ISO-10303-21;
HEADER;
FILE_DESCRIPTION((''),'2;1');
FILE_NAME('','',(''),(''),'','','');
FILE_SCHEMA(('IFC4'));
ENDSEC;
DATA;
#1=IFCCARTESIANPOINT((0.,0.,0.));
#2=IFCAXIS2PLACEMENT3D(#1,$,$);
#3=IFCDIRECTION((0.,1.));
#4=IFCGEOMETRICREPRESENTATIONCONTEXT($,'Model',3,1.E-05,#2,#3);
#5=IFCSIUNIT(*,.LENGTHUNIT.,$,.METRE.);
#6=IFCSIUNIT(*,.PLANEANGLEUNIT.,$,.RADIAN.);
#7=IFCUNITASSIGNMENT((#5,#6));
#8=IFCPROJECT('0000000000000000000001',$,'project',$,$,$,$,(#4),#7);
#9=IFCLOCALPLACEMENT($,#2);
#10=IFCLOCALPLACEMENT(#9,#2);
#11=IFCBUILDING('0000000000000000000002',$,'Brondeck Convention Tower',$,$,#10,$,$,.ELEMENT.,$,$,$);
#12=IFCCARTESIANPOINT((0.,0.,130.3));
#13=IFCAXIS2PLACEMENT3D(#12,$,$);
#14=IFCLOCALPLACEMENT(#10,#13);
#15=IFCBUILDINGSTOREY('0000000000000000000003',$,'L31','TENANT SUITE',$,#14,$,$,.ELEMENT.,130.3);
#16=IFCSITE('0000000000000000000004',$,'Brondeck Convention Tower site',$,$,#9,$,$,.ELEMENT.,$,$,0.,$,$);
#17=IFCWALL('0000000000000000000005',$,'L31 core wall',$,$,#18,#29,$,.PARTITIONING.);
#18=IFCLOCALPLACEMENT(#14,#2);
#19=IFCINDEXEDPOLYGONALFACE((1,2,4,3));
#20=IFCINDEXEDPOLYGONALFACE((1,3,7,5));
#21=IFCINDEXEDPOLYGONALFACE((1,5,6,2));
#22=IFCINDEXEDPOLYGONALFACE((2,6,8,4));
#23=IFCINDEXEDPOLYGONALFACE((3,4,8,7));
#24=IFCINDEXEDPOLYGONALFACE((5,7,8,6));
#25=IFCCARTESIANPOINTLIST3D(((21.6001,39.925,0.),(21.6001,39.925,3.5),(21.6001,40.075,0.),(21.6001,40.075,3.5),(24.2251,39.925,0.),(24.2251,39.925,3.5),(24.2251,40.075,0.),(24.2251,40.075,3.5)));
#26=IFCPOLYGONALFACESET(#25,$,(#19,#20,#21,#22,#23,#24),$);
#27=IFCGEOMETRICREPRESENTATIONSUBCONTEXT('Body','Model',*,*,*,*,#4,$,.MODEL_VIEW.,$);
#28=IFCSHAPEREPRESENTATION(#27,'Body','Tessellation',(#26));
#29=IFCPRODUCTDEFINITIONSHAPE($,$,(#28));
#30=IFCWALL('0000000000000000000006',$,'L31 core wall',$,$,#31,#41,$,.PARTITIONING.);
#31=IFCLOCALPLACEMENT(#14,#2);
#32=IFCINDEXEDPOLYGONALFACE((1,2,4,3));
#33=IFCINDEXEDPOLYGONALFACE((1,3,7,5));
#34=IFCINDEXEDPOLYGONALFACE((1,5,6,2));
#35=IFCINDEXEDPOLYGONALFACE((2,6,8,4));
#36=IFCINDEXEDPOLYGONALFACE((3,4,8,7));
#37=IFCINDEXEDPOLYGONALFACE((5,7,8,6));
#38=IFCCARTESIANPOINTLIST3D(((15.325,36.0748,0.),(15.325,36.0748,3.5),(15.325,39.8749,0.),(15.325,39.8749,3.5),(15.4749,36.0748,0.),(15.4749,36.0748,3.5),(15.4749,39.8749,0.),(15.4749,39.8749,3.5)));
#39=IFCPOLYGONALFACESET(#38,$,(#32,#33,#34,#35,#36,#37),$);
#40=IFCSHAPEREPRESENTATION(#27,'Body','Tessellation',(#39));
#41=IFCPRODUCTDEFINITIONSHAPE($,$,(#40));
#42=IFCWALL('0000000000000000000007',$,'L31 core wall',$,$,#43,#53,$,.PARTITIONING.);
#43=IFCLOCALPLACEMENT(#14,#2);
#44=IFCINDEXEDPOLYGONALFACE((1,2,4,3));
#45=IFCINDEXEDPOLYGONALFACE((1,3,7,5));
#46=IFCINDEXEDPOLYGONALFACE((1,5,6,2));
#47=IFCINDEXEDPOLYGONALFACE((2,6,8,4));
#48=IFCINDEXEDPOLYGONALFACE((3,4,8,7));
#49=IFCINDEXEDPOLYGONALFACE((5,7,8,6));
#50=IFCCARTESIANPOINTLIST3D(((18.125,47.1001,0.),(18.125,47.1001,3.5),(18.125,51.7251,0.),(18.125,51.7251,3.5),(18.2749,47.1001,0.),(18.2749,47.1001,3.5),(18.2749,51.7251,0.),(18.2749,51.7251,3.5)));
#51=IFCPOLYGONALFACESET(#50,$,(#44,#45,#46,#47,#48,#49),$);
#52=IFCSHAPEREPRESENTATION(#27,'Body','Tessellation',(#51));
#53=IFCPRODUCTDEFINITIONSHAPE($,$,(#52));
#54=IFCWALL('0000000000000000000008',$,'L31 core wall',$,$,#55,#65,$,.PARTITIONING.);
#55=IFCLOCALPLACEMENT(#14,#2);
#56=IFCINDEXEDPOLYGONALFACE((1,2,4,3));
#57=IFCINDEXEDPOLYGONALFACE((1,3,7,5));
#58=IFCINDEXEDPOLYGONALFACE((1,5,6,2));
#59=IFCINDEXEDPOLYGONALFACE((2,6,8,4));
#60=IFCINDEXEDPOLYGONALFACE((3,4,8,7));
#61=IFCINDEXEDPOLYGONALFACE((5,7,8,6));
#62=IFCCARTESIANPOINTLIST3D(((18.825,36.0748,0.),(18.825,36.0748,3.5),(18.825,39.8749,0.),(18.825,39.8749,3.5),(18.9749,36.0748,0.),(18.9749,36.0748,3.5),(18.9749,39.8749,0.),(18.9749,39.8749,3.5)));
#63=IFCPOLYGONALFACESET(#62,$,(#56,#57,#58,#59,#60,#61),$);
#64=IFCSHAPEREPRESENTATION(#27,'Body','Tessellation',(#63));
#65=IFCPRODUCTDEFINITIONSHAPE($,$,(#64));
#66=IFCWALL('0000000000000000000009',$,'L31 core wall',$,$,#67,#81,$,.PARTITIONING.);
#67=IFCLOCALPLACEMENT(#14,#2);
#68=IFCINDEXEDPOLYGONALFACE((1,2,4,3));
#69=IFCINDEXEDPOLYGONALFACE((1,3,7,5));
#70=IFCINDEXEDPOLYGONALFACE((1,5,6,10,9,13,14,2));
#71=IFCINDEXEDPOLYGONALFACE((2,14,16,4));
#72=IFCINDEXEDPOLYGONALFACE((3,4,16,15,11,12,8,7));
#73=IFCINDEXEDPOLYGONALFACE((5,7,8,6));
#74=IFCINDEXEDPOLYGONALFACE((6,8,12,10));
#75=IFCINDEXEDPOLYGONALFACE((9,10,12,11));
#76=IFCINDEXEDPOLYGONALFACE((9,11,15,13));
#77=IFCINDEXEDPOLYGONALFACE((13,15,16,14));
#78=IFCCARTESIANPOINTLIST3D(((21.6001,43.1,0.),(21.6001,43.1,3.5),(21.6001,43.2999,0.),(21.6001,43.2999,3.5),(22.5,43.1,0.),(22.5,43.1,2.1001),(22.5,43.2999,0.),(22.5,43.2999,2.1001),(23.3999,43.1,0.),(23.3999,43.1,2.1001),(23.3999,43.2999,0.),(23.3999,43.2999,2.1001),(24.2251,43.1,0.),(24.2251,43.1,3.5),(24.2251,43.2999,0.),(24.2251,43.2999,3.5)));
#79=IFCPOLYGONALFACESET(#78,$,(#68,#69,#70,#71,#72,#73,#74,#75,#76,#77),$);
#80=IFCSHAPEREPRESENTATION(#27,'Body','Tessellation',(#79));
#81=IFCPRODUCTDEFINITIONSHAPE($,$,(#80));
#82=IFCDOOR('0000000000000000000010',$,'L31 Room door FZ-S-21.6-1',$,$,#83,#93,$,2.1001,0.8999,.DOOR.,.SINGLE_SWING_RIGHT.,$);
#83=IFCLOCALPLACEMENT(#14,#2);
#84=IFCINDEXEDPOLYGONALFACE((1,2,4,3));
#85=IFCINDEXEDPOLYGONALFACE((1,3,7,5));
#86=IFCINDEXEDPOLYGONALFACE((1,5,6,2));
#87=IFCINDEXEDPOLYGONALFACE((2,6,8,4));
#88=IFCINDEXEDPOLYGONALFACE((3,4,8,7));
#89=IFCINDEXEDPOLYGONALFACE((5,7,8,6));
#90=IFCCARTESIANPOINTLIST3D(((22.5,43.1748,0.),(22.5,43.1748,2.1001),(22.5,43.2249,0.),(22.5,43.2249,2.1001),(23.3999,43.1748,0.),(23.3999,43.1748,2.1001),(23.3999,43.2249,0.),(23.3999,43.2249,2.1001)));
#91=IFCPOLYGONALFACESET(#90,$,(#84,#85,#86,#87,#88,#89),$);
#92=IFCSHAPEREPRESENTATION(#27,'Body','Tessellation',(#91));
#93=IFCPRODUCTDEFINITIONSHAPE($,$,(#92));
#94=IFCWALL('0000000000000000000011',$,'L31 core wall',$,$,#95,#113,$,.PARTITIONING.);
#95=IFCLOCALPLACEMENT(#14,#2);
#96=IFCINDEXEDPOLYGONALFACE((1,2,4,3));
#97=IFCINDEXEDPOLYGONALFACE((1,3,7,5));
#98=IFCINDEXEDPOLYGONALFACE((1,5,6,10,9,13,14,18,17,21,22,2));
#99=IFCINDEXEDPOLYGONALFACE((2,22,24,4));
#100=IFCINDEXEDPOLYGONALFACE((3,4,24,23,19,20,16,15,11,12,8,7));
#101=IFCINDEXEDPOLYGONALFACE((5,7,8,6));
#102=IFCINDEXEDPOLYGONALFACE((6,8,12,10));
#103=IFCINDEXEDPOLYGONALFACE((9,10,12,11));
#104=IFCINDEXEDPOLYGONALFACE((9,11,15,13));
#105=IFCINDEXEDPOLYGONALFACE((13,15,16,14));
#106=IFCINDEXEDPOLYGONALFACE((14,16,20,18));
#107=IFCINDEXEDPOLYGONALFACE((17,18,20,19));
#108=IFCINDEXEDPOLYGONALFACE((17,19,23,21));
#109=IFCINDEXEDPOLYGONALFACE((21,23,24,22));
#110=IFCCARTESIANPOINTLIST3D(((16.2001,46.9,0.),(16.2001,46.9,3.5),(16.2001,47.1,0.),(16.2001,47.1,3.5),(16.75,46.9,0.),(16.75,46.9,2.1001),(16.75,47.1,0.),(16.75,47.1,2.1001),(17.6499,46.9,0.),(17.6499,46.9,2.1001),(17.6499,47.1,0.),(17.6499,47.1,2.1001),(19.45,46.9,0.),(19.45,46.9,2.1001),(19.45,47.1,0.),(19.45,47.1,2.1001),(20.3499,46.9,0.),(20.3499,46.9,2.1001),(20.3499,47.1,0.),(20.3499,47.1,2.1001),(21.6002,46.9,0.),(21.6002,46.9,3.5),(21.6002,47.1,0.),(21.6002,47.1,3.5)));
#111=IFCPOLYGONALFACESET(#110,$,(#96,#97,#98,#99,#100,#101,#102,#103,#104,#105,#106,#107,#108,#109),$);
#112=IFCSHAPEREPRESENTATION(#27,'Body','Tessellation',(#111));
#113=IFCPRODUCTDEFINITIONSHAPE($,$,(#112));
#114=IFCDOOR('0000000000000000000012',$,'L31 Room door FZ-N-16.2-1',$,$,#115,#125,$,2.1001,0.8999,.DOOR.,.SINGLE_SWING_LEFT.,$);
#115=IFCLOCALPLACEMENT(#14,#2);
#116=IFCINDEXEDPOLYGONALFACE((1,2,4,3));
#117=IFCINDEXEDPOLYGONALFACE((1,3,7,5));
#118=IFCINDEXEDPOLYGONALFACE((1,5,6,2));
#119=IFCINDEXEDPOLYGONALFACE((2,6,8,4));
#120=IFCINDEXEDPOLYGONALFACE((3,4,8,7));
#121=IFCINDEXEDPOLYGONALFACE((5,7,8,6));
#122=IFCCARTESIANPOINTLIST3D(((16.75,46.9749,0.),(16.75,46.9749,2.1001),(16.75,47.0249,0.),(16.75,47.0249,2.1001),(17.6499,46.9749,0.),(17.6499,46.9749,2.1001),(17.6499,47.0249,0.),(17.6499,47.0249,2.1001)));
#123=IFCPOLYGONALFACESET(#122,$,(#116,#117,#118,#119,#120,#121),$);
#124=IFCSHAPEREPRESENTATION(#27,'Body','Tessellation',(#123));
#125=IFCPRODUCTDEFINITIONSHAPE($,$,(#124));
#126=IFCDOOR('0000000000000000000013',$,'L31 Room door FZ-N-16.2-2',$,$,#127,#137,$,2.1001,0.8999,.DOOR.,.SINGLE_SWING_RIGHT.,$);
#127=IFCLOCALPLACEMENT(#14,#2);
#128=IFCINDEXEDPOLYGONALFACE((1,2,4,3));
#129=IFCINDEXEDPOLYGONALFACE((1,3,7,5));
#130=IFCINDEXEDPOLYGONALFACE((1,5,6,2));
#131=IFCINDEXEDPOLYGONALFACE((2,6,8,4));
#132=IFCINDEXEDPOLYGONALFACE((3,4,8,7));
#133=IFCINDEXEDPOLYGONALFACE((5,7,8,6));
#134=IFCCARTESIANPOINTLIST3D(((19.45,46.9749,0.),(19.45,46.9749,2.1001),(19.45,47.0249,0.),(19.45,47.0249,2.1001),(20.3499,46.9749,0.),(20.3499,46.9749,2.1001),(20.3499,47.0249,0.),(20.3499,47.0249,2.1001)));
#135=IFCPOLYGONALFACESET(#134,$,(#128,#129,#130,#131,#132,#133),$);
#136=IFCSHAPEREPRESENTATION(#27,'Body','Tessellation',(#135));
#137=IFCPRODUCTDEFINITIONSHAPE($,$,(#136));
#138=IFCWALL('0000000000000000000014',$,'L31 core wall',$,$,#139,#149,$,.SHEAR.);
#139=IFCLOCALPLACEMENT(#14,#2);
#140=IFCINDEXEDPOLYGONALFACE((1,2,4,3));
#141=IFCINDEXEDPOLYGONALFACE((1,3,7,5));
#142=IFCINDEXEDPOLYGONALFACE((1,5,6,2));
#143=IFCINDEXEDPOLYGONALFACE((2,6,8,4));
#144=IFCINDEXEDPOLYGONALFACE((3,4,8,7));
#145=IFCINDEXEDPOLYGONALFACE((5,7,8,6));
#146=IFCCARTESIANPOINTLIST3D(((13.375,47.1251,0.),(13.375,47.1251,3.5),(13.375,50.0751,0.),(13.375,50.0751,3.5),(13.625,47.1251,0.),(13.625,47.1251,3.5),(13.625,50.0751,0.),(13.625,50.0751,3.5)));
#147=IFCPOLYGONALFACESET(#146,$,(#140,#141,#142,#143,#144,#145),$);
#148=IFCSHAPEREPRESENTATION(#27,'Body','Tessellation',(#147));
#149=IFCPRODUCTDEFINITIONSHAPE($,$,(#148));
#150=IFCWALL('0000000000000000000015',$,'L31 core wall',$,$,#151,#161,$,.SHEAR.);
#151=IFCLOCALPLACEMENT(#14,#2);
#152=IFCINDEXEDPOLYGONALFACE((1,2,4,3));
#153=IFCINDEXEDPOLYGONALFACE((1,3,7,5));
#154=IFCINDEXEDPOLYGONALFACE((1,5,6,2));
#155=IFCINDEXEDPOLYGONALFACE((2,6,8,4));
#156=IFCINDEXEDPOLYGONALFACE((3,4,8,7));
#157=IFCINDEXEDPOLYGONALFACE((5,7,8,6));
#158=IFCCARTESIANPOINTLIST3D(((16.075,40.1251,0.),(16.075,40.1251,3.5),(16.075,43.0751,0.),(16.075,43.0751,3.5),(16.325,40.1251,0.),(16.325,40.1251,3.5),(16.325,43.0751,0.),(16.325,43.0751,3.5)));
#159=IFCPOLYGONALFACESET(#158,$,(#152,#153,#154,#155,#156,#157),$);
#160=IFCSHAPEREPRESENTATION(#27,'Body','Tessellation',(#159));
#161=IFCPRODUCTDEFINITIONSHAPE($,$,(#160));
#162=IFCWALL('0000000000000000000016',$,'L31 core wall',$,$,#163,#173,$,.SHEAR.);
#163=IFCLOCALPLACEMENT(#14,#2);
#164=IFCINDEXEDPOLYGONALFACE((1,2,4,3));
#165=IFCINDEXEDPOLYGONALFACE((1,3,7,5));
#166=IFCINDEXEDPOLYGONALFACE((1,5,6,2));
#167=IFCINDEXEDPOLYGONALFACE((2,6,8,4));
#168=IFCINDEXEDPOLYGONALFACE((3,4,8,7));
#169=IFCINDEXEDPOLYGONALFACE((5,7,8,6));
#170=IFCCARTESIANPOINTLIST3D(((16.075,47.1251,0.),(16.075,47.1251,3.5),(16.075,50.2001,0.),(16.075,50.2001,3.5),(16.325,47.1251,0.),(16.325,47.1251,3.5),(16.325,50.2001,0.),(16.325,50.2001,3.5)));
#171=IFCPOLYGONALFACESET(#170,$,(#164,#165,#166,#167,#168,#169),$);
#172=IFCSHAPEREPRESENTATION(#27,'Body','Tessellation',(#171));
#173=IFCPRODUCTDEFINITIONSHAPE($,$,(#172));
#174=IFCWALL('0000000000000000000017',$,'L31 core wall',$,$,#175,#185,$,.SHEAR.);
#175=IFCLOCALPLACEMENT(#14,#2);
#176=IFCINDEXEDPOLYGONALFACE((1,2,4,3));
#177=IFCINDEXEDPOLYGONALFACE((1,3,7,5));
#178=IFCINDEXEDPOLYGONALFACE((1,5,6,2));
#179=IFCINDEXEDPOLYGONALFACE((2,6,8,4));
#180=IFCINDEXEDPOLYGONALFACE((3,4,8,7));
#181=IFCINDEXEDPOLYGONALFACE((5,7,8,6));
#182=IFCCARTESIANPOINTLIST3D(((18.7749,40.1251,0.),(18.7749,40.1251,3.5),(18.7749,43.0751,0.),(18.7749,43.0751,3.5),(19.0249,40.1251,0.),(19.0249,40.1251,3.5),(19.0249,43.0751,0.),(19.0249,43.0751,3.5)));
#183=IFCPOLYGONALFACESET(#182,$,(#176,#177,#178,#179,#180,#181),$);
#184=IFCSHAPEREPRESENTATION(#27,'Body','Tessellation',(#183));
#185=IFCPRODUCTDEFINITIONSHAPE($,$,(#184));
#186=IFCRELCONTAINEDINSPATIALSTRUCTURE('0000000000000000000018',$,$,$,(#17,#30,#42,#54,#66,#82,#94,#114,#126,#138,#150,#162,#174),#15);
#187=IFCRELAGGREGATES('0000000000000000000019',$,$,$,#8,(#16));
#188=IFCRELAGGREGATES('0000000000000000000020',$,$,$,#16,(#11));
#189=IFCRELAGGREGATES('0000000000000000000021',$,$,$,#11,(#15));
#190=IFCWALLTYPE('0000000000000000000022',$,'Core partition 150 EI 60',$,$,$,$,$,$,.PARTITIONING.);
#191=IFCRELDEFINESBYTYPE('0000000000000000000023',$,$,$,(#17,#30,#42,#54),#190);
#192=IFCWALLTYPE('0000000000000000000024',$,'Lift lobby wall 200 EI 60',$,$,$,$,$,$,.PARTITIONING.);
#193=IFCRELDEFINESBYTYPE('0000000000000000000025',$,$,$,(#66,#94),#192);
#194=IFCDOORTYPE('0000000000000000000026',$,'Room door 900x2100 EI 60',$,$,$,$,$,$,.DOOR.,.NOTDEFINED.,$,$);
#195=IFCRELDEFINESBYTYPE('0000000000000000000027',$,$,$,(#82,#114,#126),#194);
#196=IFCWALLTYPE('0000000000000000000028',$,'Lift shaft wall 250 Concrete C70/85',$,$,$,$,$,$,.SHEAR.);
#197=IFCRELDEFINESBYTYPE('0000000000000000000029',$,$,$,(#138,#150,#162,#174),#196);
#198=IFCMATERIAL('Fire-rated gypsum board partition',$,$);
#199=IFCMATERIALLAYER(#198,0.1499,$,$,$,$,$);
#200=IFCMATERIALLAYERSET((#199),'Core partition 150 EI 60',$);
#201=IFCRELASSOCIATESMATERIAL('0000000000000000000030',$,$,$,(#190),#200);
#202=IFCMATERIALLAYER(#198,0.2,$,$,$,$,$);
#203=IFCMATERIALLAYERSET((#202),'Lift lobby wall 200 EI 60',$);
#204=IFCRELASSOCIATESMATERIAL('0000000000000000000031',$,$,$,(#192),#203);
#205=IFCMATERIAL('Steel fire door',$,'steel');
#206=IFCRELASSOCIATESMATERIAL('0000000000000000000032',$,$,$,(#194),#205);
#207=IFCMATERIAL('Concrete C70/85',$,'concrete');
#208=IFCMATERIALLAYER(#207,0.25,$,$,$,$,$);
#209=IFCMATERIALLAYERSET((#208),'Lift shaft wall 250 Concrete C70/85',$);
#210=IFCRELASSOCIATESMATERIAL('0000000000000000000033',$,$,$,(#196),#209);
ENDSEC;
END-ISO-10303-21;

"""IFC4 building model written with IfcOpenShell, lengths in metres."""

from ifc_helpers import new_model, si_unit, direction, frame, frame_2d, origin, place, context, subcontext, project, spatial, rectangle, extrude, material, layer, layer_set, type_object, element, fill, save


model = new_model("IFC4")

# Units and contexts
model_context = context("Model", 3, precision=1e-05, world=origin(), true_north=direction((0.0, 1.0)))
body_context = subcontext(model_context, "Body", "Model", "MODEL_VIEW")
ifc_project = project(units=[si_unit("LENGTHUNIT", "METRE"), si_unit("PLANEANGLEUNIT", "RADIAN")], contexts=[model_context])

# Site, building, storey
site_placement = place(None, origin())
site = spatial("IfcSite", under=ifc_project, at=site_placement, Name="Brondeck Convention Tower site", CompositionType="ELEMENT", RefElevation=0.0)
building_placement = place(site_placement, origin())
building = spatial("IfcBuilding", under=site, at=building_placement, Name="Brondeck Convention Tower", CompositionType="ELEMENT")
storey_placement = place(building_placement, frame((0.0, 0.0, 130.3)))
storey = spatial("IfcBuildingStorey", under=building, at=storey_placement, Name="L31", Description="TENANT SUITE", CompositionType="ELEMENT", Elevation=130.3)

# Walls
ifc_material_1 = material(Name="Fire-rated gypsum board partition")
ifc_layer_1 = layer(ifc_material_1, 0.1499)
ifc_layer_set_1 = layer_set([ifc_layer_1], Name="Core partition 150 EI 60")
wall_type_1 = type_object("IfcWallType", Name="Core partition 150 EI 60", PredefinedType="PARTITIONING", material=ifc_layer_set_1)
wall_1_placement = place(storey_placement, frame((21.6001, 40.0, 0.0), z_axis=(0.0, 0.0, 1.0), x_axis=(1.0, 0.0, 0.0)))
element("IfcWall", 1, at=wall_1_placement, inside=storey, type_object=wall_type_1, Name="L31 core wall", PredefinedType="PARTITIONING", context=body_context, shape_type="SweptSolid", body=[
    extrude(rectangle(XDim=2.625, YDim=0.1499, at=frame_2d((1.3125, 0.0))), origin(), (0.0, 0.0, 1.0), 3.5),
])
wall_2_placement = place(storey_placement, frame((15.3999, 36.075, 0.0), z_axis=(0.0, 0.0, 1.0), x_axis=(0.0, 1.0, 0.0)))
element("IfcWall", 2, at=wall_2_placement, inside=storey, type_object=wall_type_1, Name="L31 core wall", PredefinedType="PARTITIONING", context=body_context, shape_type="SweptSolid", body=[
    extrude(rectangle(XDim=3.8, YDim=0.1499, at=frame_2d((1.8999, 0.0))), origin(), (0.0, 0.0, 1.0), 3.5),
])
wall_3_placement = place(storey_placement, frame((18.2, 47.1001, 0.0), z_axis=(0.0, 0.0, 1.0), x_axis=(0.0, 1.0, 0.0)))
element("IfcWall", 3, at=wall_3_placement, inside=storey, type_object=wall_type_1, Name="L31 core wall", PredefinedType="PARTITIONING", context=body_context, shape_type="SweptSolid", body=[
    extrude(rectangle(XDim=4.625, YDim=0.1499, at=frame_2d((2.3125, 0.0))), origin(), (0.0, 0.0, 1.0), 3.5),
])
wall_4_placement = place(storey_placement, frame((18.8999, 36.075, 0.0), z_axis=(0.0, 0.0, 1.0), x_axis=(0.0, 1.0, 0.0)))
element("IfcWall", 4, at=wall_4_placement, inside=storey, type_object=wall_type_1, Name="L31 core wall", PredefinedType="PARTITIONING", context=body_context, shape_type="SweptSolid", body=[
    extrude(rectangle(XDim=3.8, YDim=0.1499, at=frame_2d((1.8999, 0.0))), origin(), (0.0, 0.0, 1.0), 3.5),
])

# Wall, opening, door
ifc_layer_2 = layer(ifc_material_1, 0.2)
ifc_layer_set_2 = layer_set([ifc_layer_2], Name="Lift lobby wall 200 EI 60")
wall_type_2 = type_object("IfcWallType", Name="Lift lobby wall 200 EI 60", PredefinedType="PARTITIONING", material=ifc_layer_set_2)
wall_5_placement = place(storey_placement, frame((21.6001, 43.2, 0.0), z_axis=(0.0, 0.0, 1.0), x_axis=(1.0, 0.0, 0.0)))
wall_5 = element("IfcWall", 5, at=wall_5_placement, inside=storey, type_object=wall_type_2, Name="L31 core wall", PredefinedType="PARTITIONING", context=body_context, shape_type="SweptSolid", body=[
    extrude(rectangle(XDim=2.625, YDim=0.2, at=frame_2d((1.3125, 0.0))), origin(), (0.0, 0.0, 1.0), 3.5),
])
opening_1_placement = place(wall_5_placement, frame((0.8999, 0.0, 0.0)))
opening_1 = element("IfcOpeningElement", 6, at=opening_1_placement, cuts=wall_5, PredefinedType="OPENING", context=body_context, shape_type="SweptSolid", body=[
    extrude(rectangle(XDim=0.8999, YDim=2.1001, at=frame_2d((0.45, 1.05))), frame((0.0, 0.1099, 0.0), z_axis=(0.0, -1.0, 0.0), x_axis=(1.0, 0.0, 0.0)), (0.0, 0.0, 1.0), 0.22),
])
ifc_material_2 = material(Name="Steel fire door", Category="steel")
door_type_1 = type_object("IfcDoorType", Name="Room door 900x2100 EI 60", OperationType="NOTDEFINED", PredefinedType="DOOR", material=ifc_material_2)
door_1_placement = place(opening_1_placement, origin())
door_1 = element("IfcDoor", 7, at=door_1_placement, inside=storey, type_object=door_type_1, Name="L31 Room door FZ-S-21.6-1", OperationType="SINGLE_SWING_RIGHT", OverallHeight=2.1001, OverallWidth=0.8999, PredefinedType="DOOR", context=body_context, shape_type="SweptSolid", body=[
    extrude(rectangle(XDim=0.8999, YDim=2.1001, at=frame_2d((0.45, 1.05))), frame((0.0, 0.0249, 0.0), z_axis=(0.0, -1.0, 0.0), x_axis=(1.0, 0.0, 0.0)), (0.0, 0.0, 1.0), 0.05),
])
fill(opening_1, door_1)

# Wall, openings, doors
wall_6_placement = place(storey_placement, frame((16.2, 47.0, 0.0), z_axis=(0.0, 0.0, 1.0), x_axis=(1.0, 0.0, 0.0)))
wall_6 = element("IfcWall", 8, at=wall_6_placement, inside=storey, type_object=wall_type_2, Name="L31 core wall", PredefinedType="PARTITIONING", context=body_context, shape_type="SweptSolid", body=[
    extrude(rectangle(XDim=5.4001, YDim=0.2, at=frame_2d((2.7002, 0.0))), origin(), (0.0, 0.0, 1.0), 3.5),
])
opening_2_placement = place(wall_6_placement, frame((0.55, 0.0, 0.0)))
opening_2 = element("IfcOpeningElement", 9, at=opening_2_placement, cuts=wall_6, PredefinedType="OPENING", context=body_context, shape_type="SweptSolid", body=[
    extrude(rectangle(XDim=0.8999, YDim=2.1001, at=frame_2d((0.45, 1.05))), frame((0.0, 0.1099, 0.0), z_axis=(0.0, -1.0, 0.0), x_axis=(1.0, 0.0, 0.0)), (0.0, 0.0, 1.0), 0.22),
])
opening_3_placement = place(wall_6_placement, frame((3.25, 0.0, 0.0)))
opening_3 = element("IfcOpeningElement", 10, at=opening_3_placement, cuts=wall_6, PredefinedType="OPENING", context=body_context, shape_type="SweptSolid", body=[
    extrude(rectangle(XDim=0.8999, YDim=2.1001, at=frame_2d((0.45, 1.05))), frame((0.0, 0.1099, 0.0), z_axis=(0.0, -1.0, 0.0), x_axis=(1.0, 0.0, 0.0)), (0.0, 0.0, 1.0), 0.22),
])
door_2_placement = place(opening_2_placement, origin())
door_2 = element("IfcDoor", 11, at=door_2_placement, inside=storey, type_object=door_type_1, Name="L31 Room door FZ-N-16.2-1", OperationType="SINGLE_SWING_LEFT", OverallHeight=2.1001, OverallWidth=0.8999, PredefinedType="DOOR", context=body_context, shape_type="SweptSolid", body=[
    extrude(rectangle(XDim=0.8999, YDim=2.1001, at=frame_2d((0.45, 1.05))), frame((0.0, 0.0249, 0.0), z_axis=(0.0, -1.0, 0.0), x_axis=(1.0, 0.0, 0.0)), (0.0, 0.0, 1.0), 0.05),
])
fill(opening_2, door_2)
door_3_placement = place(opening_3_placement, origin())
door_3 = element("IfcDoor", 12, at=door_3_placement, inside=storey, type_object=door_type_1, Name="L31 Room door FZ-N-16.2-2", OperationType="SINGLE_SWING_RIGHT", OverallHeight=2.1001, OverallWidth=0.8999, PredefinedType="DOOR", context=body_context, shape_type="SweptSolid", body=[
    extrude(rectangle(XDim=0.8999, YDim=2.1001, at=frame_2d((0.45, 1.05))), frame((0.0, 0.0249, 0.0), z_axis=(0.0, -1.0, 0.0), x_axis=(1.0, 0.0, 0.0)), (0.0, 0.0, 1.0), 0.05),
])
fill(opening_3, door_3)

# Walls
ifc_material_3 = material(Name="Concrete C70/85", Category="concrete")
ifc_layer_3 = layer(ifc_material_3, 0.25)
ifc_layer_set_3 = layer_set([ifc_layer_3], Name="Lift shaft wall 250 Concrete C70/85")
wall_type_3 = type_object("IfcWallType", Name="Lift shaft wall 250 Concrete C70/85", PredefinedType="SHEAR", material=ifc_layer_set_3)
for number, where, z_axis, x_axis, name in (
    (13, (13.5, 47.125, 0.0), (0.0, 0.0, 1.0), (0.0, 1.0, 0.0), "L31 core wall"),
    (14, (16.2, 40.125, 0.0), (0.0, 0.0, 1.0), (0.0, 1.0, 0.0), "L31 core wall"),
):
    element("IfcWall", number, at=place(storey_placement, frame(where, z_axis=z_axis, x_axis=x_axis)), inside=storey, type_object=wall_type_3, Name=name, PredefinedType="SHEAR", context=body_context, shape_type="SweptSolid", body=[
        extrude(rectangle(XDim=2.95, YDim=0.25, at=frame_2d((1.4751, 0.0))), origin(), (0.0, 0.0, 1.0), 3.5),
    ])
wall_7_placement = place(storey_placement, frame((16.2, 47.125, 0.0), z_axis=(0.0, 0.0, 1.0), x_axis=(0.0, 1.0, 0.0)))
element("IfcWall", 15, at=wall_7_placement, inside=storey, type_object=wall_type_3, Name="L31 core wall", PredefinedType="SHEAR", context=body_context, shape_type="SweptSolid", body=[
    extrude(rectangle(XDim=3.075, YDim=0.25, at=frame_2d((1.5376, 0.0))), origin(), (0.0, 0.0, 1.0), 3.5),
])
for number, where, z_axis, x_axis, name in (
    (16, (18.8999, 40.125, 0.0), (0.0, 0.0, 1.0), (0.0, 1.0, 0.0), "L31 core wall"),
):
    element("IfcWall", number, at=place(storey_placement, frame(where, z_axis=z_axis, x_axis=x_axis)), inside=storey, type_object=wall_type_3, Name=name, PredefinedType="SHEAR", context=body_context, shape_type="SweptSolid", body=[
        extrude(rectangle(XDim=2.95, YDim=0.25, at=frame_2d((1.4751, 0.0))), origin(), (0.0, 0.0, 1.0), 3.5),
    ])

save(model, "model.ifc")
